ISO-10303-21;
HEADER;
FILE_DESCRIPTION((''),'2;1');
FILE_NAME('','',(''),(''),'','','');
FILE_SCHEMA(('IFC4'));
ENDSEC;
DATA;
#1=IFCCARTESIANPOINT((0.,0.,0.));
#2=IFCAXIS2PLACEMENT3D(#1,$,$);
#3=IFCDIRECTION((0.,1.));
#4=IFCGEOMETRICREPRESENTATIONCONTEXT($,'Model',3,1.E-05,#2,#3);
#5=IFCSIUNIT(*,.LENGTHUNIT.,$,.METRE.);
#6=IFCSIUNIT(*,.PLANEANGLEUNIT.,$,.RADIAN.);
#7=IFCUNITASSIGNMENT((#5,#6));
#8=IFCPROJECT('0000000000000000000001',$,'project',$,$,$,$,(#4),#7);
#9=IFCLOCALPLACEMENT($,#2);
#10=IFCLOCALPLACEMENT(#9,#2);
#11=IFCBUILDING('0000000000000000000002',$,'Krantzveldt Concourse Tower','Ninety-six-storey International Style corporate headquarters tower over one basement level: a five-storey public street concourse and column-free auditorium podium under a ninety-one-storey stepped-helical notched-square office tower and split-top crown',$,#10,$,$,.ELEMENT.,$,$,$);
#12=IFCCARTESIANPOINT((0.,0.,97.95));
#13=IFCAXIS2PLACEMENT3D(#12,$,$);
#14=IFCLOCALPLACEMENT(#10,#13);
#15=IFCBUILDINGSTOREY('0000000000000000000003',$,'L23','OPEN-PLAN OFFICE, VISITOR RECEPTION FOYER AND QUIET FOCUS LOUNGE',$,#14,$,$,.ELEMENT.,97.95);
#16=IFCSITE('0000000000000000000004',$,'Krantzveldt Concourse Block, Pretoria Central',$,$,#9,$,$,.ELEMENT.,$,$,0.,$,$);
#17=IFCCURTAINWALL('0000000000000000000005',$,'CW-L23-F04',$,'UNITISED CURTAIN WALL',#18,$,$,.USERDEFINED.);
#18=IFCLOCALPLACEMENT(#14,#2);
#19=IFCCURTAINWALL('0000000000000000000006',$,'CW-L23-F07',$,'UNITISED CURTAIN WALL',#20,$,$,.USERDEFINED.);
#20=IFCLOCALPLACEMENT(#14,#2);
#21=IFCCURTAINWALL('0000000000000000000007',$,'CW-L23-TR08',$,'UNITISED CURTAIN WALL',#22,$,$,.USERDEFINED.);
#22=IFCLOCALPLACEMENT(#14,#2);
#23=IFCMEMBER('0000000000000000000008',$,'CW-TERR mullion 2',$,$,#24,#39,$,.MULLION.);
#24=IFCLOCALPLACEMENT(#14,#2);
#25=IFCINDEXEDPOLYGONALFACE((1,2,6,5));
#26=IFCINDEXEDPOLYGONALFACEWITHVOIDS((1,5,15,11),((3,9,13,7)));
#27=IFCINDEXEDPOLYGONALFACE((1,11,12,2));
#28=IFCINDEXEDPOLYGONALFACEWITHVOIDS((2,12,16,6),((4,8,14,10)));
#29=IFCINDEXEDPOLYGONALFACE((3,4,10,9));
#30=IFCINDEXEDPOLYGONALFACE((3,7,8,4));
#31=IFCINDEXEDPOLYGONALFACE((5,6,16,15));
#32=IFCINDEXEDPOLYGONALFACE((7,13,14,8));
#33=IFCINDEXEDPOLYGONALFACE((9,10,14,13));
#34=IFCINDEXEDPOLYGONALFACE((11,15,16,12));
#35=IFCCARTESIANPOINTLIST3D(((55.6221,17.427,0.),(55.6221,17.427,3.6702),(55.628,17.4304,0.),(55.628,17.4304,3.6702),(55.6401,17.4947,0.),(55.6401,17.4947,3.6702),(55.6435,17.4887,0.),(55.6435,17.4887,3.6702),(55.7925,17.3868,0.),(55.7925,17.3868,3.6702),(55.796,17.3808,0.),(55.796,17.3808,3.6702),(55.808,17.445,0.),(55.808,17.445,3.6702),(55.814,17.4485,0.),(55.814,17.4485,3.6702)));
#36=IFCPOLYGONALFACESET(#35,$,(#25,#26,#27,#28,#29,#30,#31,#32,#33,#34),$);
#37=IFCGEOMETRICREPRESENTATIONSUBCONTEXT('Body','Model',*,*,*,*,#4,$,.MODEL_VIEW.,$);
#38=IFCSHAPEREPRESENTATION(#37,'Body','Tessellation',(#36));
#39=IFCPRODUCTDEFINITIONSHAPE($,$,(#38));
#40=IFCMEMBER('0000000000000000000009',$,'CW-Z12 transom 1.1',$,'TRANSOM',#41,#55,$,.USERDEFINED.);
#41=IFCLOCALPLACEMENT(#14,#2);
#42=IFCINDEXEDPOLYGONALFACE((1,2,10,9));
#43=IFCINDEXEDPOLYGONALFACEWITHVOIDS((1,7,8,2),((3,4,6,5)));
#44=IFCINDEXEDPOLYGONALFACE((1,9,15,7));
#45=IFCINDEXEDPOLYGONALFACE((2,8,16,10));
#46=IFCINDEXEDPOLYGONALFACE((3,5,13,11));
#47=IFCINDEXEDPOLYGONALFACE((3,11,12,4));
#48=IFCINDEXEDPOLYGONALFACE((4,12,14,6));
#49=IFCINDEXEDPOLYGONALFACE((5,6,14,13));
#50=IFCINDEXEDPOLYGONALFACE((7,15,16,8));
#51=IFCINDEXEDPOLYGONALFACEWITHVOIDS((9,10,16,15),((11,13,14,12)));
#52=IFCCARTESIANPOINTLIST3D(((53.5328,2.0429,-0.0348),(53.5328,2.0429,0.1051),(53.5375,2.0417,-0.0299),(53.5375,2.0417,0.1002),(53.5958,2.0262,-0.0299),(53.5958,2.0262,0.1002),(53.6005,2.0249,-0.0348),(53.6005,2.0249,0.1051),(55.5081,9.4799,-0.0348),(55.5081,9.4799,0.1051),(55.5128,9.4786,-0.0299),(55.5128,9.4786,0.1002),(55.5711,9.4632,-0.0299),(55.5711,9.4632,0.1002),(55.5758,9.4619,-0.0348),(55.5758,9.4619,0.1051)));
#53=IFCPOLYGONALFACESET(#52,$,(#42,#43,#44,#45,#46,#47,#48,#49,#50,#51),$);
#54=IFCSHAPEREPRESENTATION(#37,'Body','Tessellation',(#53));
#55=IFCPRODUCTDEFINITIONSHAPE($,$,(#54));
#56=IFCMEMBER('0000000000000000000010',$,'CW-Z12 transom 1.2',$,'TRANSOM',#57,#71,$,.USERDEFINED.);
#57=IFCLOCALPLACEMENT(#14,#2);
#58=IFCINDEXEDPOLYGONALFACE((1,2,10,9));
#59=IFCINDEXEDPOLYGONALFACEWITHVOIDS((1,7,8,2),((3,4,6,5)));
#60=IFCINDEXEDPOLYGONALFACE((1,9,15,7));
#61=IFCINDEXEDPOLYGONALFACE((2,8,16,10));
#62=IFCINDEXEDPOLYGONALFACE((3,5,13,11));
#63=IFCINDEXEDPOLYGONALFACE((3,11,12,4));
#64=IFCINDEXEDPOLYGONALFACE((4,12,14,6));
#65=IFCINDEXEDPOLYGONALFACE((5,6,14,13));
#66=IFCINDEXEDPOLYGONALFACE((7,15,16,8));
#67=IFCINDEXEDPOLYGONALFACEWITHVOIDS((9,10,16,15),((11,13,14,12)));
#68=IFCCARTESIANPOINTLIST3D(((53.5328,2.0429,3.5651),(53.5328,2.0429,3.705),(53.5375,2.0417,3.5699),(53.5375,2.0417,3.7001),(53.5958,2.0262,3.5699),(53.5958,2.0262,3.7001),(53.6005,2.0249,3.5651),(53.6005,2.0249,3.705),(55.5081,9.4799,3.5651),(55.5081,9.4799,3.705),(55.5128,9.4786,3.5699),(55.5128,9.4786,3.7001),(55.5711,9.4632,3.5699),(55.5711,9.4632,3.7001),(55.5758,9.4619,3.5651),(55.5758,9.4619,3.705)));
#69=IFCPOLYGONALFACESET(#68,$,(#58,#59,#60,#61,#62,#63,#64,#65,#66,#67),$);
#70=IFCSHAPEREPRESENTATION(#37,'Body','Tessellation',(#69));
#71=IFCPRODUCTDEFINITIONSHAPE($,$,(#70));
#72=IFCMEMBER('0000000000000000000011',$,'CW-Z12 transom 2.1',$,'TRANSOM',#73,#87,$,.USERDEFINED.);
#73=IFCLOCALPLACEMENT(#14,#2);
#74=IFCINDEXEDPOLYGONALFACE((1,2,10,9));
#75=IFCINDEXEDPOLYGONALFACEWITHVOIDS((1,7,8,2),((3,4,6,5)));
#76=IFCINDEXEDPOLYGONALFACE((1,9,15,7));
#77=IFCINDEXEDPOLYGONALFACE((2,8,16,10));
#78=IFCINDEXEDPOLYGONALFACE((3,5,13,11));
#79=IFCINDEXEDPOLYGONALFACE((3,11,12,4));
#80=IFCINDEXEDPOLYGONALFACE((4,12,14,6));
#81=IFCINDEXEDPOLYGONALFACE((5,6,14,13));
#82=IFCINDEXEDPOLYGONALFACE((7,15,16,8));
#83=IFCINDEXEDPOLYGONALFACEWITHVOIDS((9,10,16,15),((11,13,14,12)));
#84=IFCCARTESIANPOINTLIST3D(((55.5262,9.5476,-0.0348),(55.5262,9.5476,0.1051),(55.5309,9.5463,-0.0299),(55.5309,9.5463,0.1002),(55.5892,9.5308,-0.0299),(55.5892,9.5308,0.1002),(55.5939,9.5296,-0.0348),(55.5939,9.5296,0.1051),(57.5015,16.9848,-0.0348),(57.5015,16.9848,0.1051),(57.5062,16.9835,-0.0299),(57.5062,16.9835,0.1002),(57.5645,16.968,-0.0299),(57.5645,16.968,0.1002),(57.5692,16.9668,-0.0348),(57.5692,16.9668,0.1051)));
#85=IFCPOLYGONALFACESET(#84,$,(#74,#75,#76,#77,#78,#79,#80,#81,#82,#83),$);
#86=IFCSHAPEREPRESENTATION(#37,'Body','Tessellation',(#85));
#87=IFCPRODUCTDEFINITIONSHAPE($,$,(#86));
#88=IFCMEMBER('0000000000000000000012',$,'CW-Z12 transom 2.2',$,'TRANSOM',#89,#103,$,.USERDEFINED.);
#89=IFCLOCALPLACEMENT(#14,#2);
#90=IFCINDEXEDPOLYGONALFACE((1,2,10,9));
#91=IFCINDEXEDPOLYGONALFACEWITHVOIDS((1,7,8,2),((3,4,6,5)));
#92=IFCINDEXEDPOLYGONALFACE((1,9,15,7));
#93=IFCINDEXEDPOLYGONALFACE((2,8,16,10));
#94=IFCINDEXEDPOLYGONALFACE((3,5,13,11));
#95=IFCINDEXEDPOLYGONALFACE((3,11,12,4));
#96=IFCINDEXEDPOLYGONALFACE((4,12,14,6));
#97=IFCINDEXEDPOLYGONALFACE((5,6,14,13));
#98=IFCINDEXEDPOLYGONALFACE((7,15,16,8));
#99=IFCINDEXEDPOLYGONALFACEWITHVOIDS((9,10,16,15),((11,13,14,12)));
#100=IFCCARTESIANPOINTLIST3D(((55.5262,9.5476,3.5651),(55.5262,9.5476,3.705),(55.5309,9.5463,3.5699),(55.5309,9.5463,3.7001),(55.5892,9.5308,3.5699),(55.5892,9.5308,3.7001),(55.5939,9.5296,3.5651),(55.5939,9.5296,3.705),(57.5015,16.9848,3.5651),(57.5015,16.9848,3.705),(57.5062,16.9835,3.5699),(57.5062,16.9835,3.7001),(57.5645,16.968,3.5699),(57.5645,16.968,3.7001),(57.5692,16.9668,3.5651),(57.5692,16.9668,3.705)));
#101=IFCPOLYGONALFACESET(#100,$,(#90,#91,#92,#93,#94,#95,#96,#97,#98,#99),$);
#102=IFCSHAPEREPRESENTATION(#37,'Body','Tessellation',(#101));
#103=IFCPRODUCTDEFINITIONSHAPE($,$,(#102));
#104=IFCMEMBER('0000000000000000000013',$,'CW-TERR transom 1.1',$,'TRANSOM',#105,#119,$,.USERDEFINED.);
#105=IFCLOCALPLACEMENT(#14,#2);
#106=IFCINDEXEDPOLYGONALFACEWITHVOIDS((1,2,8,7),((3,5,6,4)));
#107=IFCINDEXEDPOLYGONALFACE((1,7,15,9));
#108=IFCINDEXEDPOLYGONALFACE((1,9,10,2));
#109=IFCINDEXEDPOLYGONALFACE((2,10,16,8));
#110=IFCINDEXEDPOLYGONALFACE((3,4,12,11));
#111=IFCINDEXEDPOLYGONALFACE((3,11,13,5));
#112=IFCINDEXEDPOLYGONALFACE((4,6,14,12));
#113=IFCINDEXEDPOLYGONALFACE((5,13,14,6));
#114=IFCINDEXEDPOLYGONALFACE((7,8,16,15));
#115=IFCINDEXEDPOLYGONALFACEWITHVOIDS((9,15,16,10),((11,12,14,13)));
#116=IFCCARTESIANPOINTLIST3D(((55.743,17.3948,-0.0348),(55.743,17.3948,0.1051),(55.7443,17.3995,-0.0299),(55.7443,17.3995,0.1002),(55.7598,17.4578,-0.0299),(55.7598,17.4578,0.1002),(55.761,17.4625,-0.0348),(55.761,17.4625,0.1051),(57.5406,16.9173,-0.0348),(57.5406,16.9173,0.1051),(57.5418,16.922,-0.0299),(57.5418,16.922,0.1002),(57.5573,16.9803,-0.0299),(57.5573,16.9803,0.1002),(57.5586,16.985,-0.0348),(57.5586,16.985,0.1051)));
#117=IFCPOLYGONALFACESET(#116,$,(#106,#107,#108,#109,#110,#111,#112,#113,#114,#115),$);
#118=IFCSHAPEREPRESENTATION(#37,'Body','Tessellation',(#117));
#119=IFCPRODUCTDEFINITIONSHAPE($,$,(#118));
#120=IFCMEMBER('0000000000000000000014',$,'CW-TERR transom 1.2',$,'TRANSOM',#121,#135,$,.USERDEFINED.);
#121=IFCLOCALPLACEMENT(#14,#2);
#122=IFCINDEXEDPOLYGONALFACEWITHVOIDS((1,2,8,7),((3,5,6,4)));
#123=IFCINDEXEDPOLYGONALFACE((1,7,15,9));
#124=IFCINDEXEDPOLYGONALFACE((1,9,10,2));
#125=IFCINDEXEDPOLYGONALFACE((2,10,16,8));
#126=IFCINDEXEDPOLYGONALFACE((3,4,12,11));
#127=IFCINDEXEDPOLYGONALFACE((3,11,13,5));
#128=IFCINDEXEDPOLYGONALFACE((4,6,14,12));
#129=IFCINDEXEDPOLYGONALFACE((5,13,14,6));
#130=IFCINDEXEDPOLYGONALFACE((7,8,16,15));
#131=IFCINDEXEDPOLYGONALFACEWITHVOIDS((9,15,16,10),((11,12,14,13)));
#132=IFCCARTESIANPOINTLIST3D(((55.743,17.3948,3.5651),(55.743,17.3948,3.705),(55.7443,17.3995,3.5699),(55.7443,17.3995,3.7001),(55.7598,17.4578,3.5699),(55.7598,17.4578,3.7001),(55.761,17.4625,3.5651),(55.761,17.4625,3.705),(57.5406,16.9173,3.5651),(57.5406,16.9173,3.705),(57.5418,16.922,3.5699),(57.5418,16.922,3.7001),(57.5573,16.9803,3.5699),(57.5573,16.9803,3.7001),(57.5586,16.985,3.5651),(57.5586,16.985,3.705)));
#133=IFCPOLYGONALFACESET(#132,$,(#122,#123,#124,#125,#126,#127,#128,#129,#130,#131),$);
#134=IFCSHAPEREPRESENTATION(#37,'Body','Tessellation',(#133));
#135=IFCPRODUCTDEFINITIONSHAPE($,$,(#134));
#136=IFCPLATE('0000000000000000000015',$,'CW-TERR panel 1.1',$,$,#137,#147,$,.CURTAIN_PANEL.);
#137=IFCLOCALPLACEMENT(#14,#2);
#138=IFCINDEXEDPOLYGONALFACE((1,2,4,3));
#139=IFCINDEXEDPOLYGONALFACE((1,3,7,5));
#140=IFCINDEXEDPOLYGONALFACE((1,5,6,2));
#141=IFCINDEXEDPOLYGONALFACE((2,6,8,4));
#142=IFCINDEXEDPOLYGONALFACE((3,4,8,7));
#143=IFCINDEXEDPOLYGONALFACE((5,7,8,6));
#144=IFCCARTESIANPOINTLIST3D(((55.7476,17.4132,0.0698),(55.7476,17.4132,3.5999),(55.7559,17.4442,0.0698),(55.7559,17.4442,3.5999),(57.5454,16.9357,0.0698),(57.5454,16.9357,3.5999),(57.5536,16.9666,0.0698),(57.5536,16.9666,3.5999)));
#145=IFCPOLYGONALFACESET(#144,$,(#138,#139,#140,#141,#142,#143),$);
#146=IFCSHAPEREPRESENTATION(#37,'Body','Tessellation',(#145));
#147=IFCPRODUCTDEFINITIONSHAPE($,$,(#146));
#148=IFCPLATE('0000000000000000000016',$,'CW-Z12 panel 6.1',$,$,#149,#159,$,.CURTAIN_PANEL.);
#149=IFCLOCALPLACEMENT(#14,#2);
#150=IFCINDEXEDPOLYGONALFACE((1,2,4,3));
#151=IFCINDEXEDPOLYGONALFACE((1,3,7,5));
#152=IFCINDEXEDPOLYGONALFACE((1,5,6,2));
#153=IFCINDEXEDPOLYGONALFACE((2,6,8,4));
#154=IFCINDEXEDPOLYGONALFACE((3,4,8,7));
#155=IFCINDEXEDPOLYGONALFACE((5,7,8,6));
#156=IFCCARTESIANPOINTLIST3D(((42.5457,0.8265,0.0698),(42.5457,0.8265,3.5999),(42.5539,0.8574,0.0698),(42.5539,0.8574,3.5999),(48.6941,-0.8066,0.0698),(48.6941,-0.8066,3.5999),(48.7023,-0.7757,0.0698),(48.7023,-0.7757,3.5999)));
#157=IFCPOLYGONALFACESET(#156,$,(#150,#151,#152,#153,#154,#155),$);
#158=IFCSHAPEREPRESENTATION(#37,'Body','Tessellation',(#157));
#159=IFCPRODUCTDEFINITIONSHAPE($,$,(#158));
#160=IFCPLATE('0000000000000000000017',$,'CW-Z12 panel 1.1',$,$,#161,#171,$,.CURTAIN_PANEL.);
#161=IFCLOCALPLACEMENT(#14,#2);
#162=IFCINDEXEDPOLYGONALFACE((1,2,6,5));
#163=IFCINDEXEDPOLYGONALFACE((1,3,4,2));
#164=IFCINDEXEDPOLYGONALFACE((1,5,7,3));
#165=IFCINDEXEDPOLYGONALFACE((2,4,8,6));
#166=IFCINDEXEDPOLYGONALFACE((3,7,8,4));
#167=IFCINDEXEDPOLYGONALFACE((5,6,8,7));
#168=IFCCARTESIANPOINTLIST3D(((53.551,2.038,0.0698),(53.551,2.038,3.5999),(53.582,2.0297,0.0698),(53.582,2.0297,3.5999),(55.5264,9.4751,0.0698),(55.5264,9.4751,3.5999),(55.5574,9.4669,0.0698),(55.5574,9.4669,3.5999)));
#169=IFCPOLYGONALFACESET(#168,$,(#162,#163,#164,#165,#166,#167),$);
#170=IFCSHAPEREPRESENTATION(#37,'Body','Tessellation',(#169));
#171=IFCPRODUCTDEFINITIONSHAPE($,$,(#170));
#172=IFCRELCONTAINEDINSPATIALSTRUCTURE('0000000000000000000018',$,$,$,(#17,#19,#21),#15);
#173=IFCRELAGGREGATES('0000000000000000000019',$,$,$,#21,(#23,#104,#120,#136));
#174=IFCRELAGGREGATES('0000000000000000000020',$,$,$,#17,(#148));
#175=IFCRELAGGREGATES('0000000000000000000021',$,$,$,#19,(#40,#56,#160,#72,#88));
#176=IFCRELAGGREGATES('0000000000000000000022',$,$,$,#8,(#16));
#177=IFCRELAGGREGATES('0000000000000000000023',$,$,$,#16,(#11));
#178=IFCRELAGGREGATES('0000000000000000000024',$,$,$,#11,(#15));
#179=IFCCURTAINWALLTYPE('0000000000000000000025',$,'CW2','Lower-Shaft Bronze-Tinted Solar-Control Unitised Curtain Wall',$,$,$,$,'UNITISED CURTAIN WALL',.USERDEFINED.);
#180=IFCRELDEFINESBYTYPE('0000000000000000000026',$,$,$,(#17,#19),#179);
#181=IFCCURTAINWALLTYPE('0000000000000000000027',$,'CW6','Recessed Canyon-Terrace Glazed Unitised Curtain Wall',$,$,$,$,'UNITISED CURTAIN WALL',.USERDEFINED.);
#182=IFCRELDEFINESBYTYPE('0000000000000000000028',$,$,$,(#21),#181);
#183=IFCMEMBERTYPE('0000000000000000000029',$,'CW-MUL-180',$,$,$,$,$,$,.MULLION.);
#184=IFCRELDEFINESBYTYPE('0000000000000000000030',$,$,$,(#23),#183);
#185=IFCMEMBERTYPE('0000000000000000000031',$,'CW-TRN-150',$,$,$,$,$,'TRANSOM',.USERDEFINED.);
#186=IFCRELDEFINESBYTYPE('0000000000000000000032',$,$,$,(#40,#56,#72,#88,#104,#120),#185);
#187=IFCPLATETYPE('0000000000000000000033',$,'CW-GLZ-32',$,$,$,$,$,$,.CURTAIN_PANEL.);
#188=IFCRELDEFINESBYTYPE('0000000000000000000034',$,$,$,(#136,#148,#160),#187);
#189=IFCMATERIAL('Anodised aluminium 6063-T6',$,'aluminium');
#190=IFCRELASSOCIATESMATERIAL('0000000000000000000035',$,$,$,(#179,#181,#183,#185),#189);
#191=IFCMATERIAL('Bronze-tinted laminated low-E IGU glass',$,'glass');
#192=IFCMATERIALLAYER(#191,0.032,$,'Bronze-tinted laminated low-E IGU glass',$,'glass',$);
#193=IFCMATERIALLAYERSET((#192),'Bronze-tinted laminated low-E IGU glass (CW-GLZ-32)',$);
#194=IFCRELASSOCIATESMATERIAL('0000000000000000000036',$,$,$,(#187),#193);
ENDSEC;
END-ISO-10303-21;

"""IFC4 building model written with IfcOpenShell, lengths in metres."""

from ifc_helpers import new_model, si_unit, direction, frame, origin, origin_2d, place, context, subcontext, project, spatial, rectangle, hollow_rectangle, extrude, source, transform, mapped, material, layer, layer_set, material_profile, profile_set, type_object, type_shapes, element, aggregate, save


model = new_model("IFC4")

# Units and contexts
model_context = context("Model", 3, precision=1e-05, world=origin(), true_north=direction((0.0, 1.0)))
body_context = subcontext(model_context, "Body", "Model", "MODEL_VIEW")
ifc_project = project(units=[si_unit("LENGTHUNIT", "METRE"), si_unit("PLANEANGLEUNIT", "RADIAN")], contexts=[model_context])

# Site, building, storey
site_placement = place(None, origin())
site = spatial("IfcSite", under=ifc_project, at=site_placement, Name="Krantzveldt Concourse Block, Pretoria Central", CompositionType="ELEMENT", RefElevation=0.0)
building_placement = place(site_placement, origin())
building = spatial("IfcBuilding", under=site, at=building_placement, Name="Krantzveldt Concourse Tower", Description="Ninety-six-storey International Style corporate headquarters tower over one basement level: a five-storey public street concourse and column-free auditorium podium under a ninety-one-storey stepped-helical notched-square office tower and split-top crown", CompositionType="ELEMENT")
storey_placement = place(building_placement, frame((0.0, 0.0, 97.95)))
storey = spatial("IfcBuildingStorey", under=building, at=storey_placement, Name="L23", Description="OPEN-PLAN OFFICE, VISITOR RECEPTION FOYER AND QUIET FOCUS LOUNGE", CompositionType="ELEMENT", Elevation=97.95)

# Curtain wall
ifc_material_1 = material(Name="Anodised aluminium 6063-T6", Category="aluminium")
curtain_wall_type_1 = type_object("IfcCurtainWallType", Name="CW2", Description="Lower-Shaft Bronze-Tinted Solar-Control Unitised Curtain Wall", ElementType="UNITISED CURTAIN WALL", PredefinedType="USERDEFINED", material=ifc_material_1)
curtain_wall_1_placement = place(storey_placement, origin())
curtain_wall_1 = element("IfcCurtainWall", 1, at=curtain_wall_1_placement, inside=storey, type_object=curtain_wall_type_1, Name="CW-L23-F04", ObjectType="UNITISED CURTAIN WALL", PredefinedType="USERDEFINED")
ifc_material_profile_1 = material_profile(ifc_material_1, hollow_rectangle(XDim=0.0701, YDim=0.1799, WallThickness=0.0049, at=origin_2d()), Name="Anodised aluminium 6063-T6", Category="aluminium")
ifc_profile_set_1 = profile_set([ifc_material_profile_1], Name="Anodised aluminium 6063-T6 - ALU-MULL 180x70x5")
member_type_1 = type_object("IfcMemberType", Name="CW-MUL-180", PredefinedType="MULLION", material=ifc_profile_set_1)
shared_shape_1 = source(origin(), body_context, "Body", "SweptSolid", [
    extrude(hollow_rectangle(XDim=0.0701, YDim=0.1799, WallThickness=0.0049, at=origin_2d()), origin(), (0.0, 0.0, 1.0), 3.6702),
])
type_shapes(member_type_1, [shared_shape_1])

# Curtain walls, member
curtain_wall_2_placement = place(storey_placement, origin())
curtain_wall_2 = element("IfcCurtainWall", 2, at=curtain_wall_2_placement, inside=storey, type_object=curtain_wall_type_1, Name="CW-L23-F07", ObjectType="UNITISED CURTAIN WALL", PredefinedType="USERDEFINED")
curtain_wall_type_2 = type_object("IfcCurtainWallType", Name="CW6", Description="Recessed Canyon-Terrace Glazed Unitised Curtain Wall", ElementType="UNITISED CURTAIN WALL", PredefinedType="USERDEFINED", material=ifc_material_1)
curtain_wall_3_placement = place(storey_placement, origin())
curtain_wall_3 = element("IfcCurtainWall", 3, at=curtain_wall_3_placement, inside=storey, type_object=curtain_wall_type_2, Name="CW-L23-TR08", ObjectType="UNITISED CURTAIN WALL", PredefinedType="USERDEFINED")
member_1_placement = place(storey_placement, frame((55.718, 17.4377, 0.0), z_axis=(0.0, 0.0, 1.0), x_axis=(-0.256714, -0.966487, 0.0)))
member_1 = element("IfcMember", 4, at=member_1_placement, type_object=member_type_1, Name="CW-TERR mullion 2", PredefinedType="MULLION", context=body_context, shape_type="MappedRepresentation", body=[
    mapped(shared_shape_1, transform((0.0, 0.0, 0.0), x_axis=(1.0, 0.0, 0.0), y_axis=(0.0, 1.0, 0.0), z_axis=(0.0, 0.0, 1.0), scale=1.0)),
])

# Members
ifc_material_profile_2 = material_profile(ifc_material_1, hollow_rectangle(XDim=0.0701, YDim=0.1399, WallThickness=0.0049, at=origin_2d()), Name="Anodised aluminium 6063-T6", Category="aluminium")
ifc_profile_set_2 = profile_set([ifc_material_profile_2], Name="Anodised aluminium 6063-T6 - ALU-TRAN 140x70x5")
member_type_2 = type_object("IfcMemberType", Name="CW-TRN-150", ElementType="TRANSOM", PredefinedType="USERDEFINED", material=ifc_profile_set_2)
shared_shape_2 = source(origin(), body_context, "Body", "SweptSolid", [
    extrude(hollow_rectangle(XDim=0.0701, YDim=0.1399, WallThickness=0.0049, at=origin_2d()), origin(), (0.0, 0.0, 1.0), 7.6948),
])
member_2_placement = place(storey_placement, frame((53.5667, 2.0339, 0.0352), z_axis=(0.256709, 0.966489, 0.0), x_axis=(-0.966489, 0.256709, 0.0)))
member_2 = element("IfcMember", 5, at=member_2_placement, type_object=member_type_2, Name="CW-Z12 transom 1.1", ObjectType="TRANSOM", PredefinedType="USERDEFINED", context=body_context, shape_type="MappedRepresentation", body=[
    mapped(shared_shape_2, transform((0.0, 0.0, 0.0), x_axis=(1.0, 0.0, 0.0), y_axis=(0.0, 1.0, 0.0), z_axis=(0.0, 0.0, 1.0), scale=1.0)),
])
member_3_placement = place(storey_placement, frame((53.5667, 2.0339, 3.635), z_axis=(0.256709, 0.966489, 0.0), x_axis=(-0.966489, 0.256709, 0.0)))
member_3 = element("IfcMember", 6, at=member_3_placement, type_object=member_type_2, Name="CW-Z12 transom 1.2", ObjectType="TRANSOM", PredefinedType="USERDEFINED", context=body_context, shape_type="MappedRepresentation", body=[
    mapped(shared_shape_2, transform((0.0, 0.0, 0.0), x_axis=(1.0, 0.0, 0.0), y_axis=(0.0, 1.0, 0.0), z_axis=(0.0, 0.0, 1.0), scale=1.0)),
])
shared_shape_3 = source(origin(), body_context, "Body", "SweptSolid", [
    extrude(hollow_rectangle(XDim=0.0701, YDim=0.1399, WallThickness=0.0049, at=origin_2d()), origin(), (0.0, 0.0, 1.0), 7.6951),
])
member_4_placement = place(storey_placement, frame((55.5601, 9.5386, 0.0352), z_axis=(0.256701, 0.966491, 0.0), x_axis=(-0.966491, 0.256701, 0.0)))
member_4 = element("IfcMember", 7, at=member_4_placement, type_object=member_type_2, Name="CW-Z12 transom 2.1", ObjectType="TRANSOM", PredefinedType="USERDEFINED", context=body_context, shape_type="MappedRepresentation", body=[
    mapped(shared_shape_3, transform((0.0, 0.0, 0.0), x_axis=(1.0, 0.0, 0.0), y_axis=(0.0, 1.0, 0.0), z_axis=(0.0, 0.0, 1.0), scale=1.0)),
])
member_5_placement = place(storey_placement, frame((55.5601, 9.5386, 3.635), z_axis=(0.256701, 0.966491, 0.0), x_axis=(-0.966491, 0.256701, 0.0)))
member_5 = element("IfcMember", 8, at=member_5_placement, type_object=member_type_2, Name="CW-Z12 transom 2.2", ObjectType="TRANSOM", PredefinedType="USERDEFINED", context=body_context, shape_type="MappedRepresentation", body=[
    mapped(shared_shape_3, transform((0.0, 0.0, 0.0), x_axis=(1.0, 0.0, 0.0), y_axis=(0.0, 1.0, 0.0), z_axis=(0.0, 0.0, 1.0), scale=1.0)),
])
shared_shape_4 = source(origin(), body_context, "Body", "SweptSolid", [
    extrude(hollow_rectangle(XDim=0.0701, YDim=0.1399, WallThickness=0.0049, at=origin_2d()), origin(), (0.0, 0.0, 1.0), 1.8599),
])
type_shapes(member_type_2, [shared_shape_2, shared_shape_3, shared_shape_4])
member_6_placement = place(storey_placement, frame((57.5496, 16.9512, 0.0352), z_axis=(-0.966479, 0.256748, 0.0), x_axis=(-0.256748, -0.966479, 0.0)))
member_6 = element("IfcMember", 9, at=member_6_placement, type_object=member_type_2, Name="CW-TERR transom 1.1", ObjectType="TRANSOM", PredefinedType="USERDEFINED", context=body_context, shape_type="MappedRepresentation", body=[
    mapped(shared_shape_4, transform((0.0, 0.0, 0.0), x_axis=(1.0, 0.0, 0.0), y_axis=(0.0, 1.0, 0.0), z_axis=(0.0, 0.0, 1.0), scale=1.0)),
])
member_7_placement = place(storey_placement, frame((57.5496, 16.9512, 3.635), z_axis=(-0.966479, 0.256748, 0.0), x_axis=(-0.256748, -0.966479, 0.0)))
member_7 = element("IfcMember", 10, at=member_7_placement, type_object=member_type_2, Name="CW-TERR transom 1.2", ObjectType="TRANSOM", PredefinedType="USERDEFINED", context=body_context, shape_type="MappedRepresentation", body=[
    mapped(shared_shape_4, transform((0.0, 0.0, 0.0), x_axis=(1.0, 0.0, 0.0), y_axis=(0.0, 1.0, 0.0), z_axis=(0.0, 0.0, 1.0), scale=1.0)),
])

# Plates
ifc_material_2 = material(Name="Bronze-tinted laminated low-E IGU glass", Category="glass")
ifc_layer_1 = layer(ifc_material_2, 0.032, Name="Bronze-tinted laminated low-E IGU glass", Category="glass")
ifc_layer_set_1 = layer_set([ifc_layer_1], Name="Bronze-tinted laminated low-E IGU glass (CW-GLZ-32)")
plate_type = type_object("IfcPlateType", Name="CW-GLZ-32", PredefinedType="CURTAIN_PANEL", material=ifc_layer_set_1)
shared_shape_5 = source(origin(), body_context, "Body", "SweptSolid", [
    extrude(rectangle(XDim=1.8601, YDim=0.032, at=origin_2d()), origin(), (0.0, 0.0, 1.0), 3.53),
])
plate_1_placement = place(storey_placement, frame((56.6506, 17.1899, 0.0698), z_axis=(0.0, 0.0, 1.0), x_axis=(-0.966487, 0.256714, 0.0)))
plate_1 = element("IfcPlate", 11, at=plate_1_placement, type_object=plate_type, Name="CW-TERR panel 1.1", PredefinedType="CURTAIN_PANEL", context=body_context, shape_type="MappedRepresentation", body=[
    mapped(shared_shape_5, transform((0.0, 0.0, 0.0), x_axis=(1.0, 0.0, 0.0), y_axis=(0.0, 1.0, 0.0), z_axis=(0.0, 0.0, 1.0), scale=1.0)),
])
aggregate(curtain_wall_3, [member_1, member_6, member_7, plate_1])
shared_shape_6 = source(origin(), body_context, "Body", "SweptSolid", [
    extrude(rectangle(XDim=6.3616, YDim=0.032, at=origin_2d()), origin(), (0.0, 0.0, 1.0), 3.53),
])
plate_2_placement = place(storey_placement, frame((45.624, 0.0254, 0.0698), z_axis=(0.0, 0.0, 1.0), x_axis=(0.966488, -0.256711, 0.0)))
plate_2 = element("IfcPlate", 12, at=plate_2_placement, type_object=plate_type, Name="CW-Z12 panel 6.1", PredefinedType="CURTAIN_PANEL", context=body_context, shape_type="MappedRepresentation", body=[
    mapped(shared_shape_6, transform((0.0, 0.0, 0.0), x_axis=(1.0, 0.0, 0.0), y_axis=(0.0, 1.0, 0.0), z_axis=(0.0, 0.0, 1.0), scale=1.0)),
])
aggregate(curtain_wall_1, [plate_2])
shared_shape_7 = source(origin(), body_context, "Body", "SweptSolid", [
    extrude(rectangle(XDim=7.6951, YDim=0.032, at=origin_2d()), origin(), (0.0, 0.0, 1.0), 3.53),
])
type_shapes(plate_type, [shared_shape_5, shared_shape_6, shared_shape_7])
plate_3_placement = place(storey_placement, frame((54.5542, 5.7524, 0.0698), z_axis=(0.0, 0.0, 1.0), x_axis=(0.256711, 0.966488, 0.0)))
plate_3 = element("IfcPlate", 13, at=plate_3_placement, type_object=plate_type, Name="CW-Z12 panel 1.1", PredefinedType="CURTAIN_PANEL", context=body_context, shape_type="MappedRepresentation", body=[
    mapped(shared_shape_7, transform((0.0, 0.0, 0.0), x_axis=(1.0, 0.0, 0.0), y_axis=(0.0, 1.0, 0.0), z_axis=(0.0, 0.0, 1.0), scale=1.0)),
])
aggregate(curtain_wall_2, [member_2, member_3, plate_3, member_4, member_5])

save(model, "model.ifc")
